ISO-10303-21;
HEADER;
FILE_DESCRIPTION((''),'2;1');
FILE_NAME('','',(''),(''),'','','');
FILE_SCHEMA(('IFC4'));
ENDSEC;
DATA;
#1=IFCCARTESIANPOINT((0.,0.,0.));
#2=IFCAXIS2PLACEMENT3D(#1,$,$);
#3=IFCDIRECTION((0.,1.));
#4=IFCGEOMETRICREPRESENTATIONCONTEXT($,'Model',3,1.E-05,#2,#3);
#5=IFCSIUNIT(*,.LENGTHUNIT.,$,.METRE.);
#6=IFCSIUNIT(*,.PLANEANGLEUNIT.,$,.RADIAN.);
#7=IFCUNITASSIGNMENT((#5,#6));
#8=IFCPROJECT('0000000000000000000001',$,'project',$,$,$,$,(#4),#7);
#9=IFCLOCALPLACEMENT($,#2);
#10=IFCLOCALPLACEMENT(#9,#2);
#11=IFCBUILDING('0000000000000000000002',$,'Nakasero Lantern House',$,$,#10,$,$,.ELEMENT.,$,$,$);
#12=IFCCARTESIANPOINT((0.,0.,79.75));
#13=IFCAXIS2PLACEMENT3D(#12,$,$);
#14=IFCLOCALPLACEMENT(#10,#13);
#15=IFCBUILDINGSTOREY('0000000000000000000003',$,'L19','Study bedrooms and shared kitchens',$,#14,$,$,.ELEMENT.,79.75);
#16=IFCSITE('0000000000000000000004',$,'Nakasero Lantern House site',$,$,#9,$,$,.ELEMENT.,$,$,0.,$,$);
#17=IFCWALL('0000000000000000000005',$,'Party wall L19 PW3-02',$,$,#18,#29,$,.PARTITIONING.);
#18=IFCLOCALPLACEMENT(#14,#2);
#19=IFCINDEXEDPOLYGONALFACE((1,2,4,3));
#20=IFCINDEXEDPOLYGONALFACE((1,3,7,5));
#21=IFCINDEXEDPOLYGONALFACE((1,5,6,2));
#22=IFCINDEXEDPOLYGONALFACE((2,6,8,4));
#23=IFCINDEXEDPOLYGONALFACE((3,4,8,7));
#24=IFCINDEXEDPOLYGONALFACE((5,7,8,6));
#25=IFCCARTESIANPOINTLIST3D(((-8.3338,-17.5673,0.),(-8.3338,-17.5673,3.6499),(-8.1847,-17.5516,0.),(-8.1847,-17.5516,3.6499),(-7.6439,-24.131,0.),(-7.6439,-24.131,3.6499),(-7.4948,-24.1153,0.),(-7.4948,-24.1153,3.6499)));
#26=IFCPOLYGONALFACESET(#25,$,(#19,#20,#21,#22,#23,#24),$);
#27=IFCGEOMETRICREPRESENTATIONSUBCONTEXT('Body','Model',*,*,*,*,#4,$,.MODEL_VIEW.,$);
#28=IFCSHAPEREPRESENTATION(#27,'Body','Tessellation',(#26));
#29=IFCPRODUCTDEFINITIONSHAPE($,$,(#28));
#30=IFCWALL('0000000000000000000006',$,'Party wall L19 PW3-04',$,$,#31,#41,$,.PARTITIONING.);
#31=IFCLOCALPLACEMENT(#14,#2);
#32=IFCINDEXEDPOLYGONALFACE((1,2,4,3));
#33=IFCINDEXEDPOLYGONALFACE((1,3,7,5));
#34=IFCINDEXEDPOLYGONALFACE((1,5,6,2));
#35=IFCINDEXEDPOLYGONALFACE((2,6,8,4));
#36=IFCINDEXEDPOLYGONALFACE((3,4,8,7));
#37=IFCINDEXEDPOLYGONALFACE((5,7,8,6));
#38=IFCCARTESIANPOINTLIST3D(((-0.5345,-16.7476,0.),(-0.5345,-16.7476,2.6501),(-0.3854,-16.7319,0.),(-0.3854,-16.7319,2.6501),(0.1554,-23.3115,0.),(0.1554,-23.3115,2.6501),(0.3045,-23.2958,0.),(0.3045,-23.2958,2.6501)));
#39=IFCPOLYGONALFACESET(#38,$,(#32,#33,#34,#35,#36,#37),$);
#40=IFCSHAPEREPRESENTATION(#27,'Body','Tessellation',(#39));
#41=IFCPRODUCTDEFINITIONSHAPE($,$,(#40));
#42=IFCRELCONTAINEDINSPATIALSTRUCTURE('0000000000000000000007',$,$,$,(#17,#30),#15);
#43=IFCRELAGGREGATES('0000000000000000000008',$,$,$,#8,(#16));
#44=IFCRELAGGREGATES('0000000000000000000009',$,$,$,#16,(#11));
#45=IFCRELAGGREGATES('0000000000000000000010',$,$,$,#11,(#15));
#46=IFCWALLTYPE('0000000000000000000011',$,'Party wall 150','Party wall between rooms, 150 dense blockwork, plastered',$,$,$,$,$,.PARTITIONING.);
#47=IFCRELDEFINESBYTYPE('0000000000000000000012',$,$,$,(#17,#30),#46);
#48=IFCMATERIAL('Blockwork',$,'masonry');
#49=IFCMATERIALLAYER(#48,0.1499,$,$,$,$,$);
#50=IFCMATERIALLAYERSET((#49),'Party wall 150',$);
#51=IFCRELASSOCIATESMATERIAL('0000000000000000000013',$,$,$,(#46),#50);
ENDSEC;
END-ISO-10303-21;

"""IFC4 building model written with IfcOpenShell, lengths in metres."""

from ifc_helpers import new_model, si_unit, direction, frame, frame_2d, origin, place, context, subcontext, project, spatial, rectangle, extrude, material, layer, layer_set, type_object, element, save


model = new_model("IFC4")

# Units and contexts
model_context = context("Model", 3, precision=1e-05, world=origin(), true_north=direction((0.0, 1.0)))
body_context = subcontext(model_context, "Body", "Model", "MODEL_VIEW")
ifc_project = project(units=[si_unit("LENGTHUNIT", "METRE"), si_unit("PLANEANGLEUNIT", "RADIAN")], contexts=[model_context])

# Site, building, storey
site_placement = place(None, origin())
site = spatial("IfcSite", under=ifc_project, at=site_placement, Name="Nakasero Lantern House site", CompositionType="ELEMENT", RefElevation=0.0)
building_placement = place(site_placement, origin())
building = spatial("IfcBuilding", under=site, at=building_placement, Name="Nakasero Lantern House", CompositionType="ELEMENT")
storey_placement = place(building_placement, frame((0.0, 0.0, 79.75)))
storey = spatial("IfcBuildingStorey", under=building, at=storey_placement, Name="L19", Description="Study bedrooms and shared kitchens", CompositionType="ELEMENT", Elevation=79.75)

# Walls
ifc_material_1 = material(Name="Blockwork", Category="masonry")
ifc_layer_1 = layer(ifc_material_1, 0.1499)
ifc_layer_set_1 = layer_set([ifc_layer_1], Name="Party wall 150")
wall_type_1 = type_object("IfcWallType", Name="Party wall 150", Description="Party wall between rooms, 150 dense blockwork, plastered", PredefinedType="PARTITIONING", material=ifc_layer_set_1)
wall_1_placement = place(storey_placement, frame((-8.2593, -17.5596, 0.0), z_axis=(0.0, 0.0, 1.0), x_axis=(0.104538, -0.994521, 0.0)))
element("IfcWall", 1, at=wall_1_placement, inside=storey, type_object=wall_type_1, Name="Party wall L19 PW3-02", PredefinedType="PARTITIONING", context=body_context, shape_type="SweptSolid", body=[
    extrude(rectangle(XDim=6.5999, YDim=0.1499, at=frame_2d((3.2998, 0.0))), origin(), (0.0, 0.0, 1.0), 3.6499),
])
wall_2_placement = place(storey_placement, frame((-0.46, -16.7397, 0.0), z_axis=(0.0, 0.0, 1.0), x_axis=(0.104535, -0.994521, 0.0)))
element("IfcWall", 2, at=wall_2_placement, inside=storey, type_object=wall_type_1, Name="Party wall L19 PW3-04", PredefinedType="PARTITIONING", context=body_context, shape_type="SweptSolid", body=[
    extrude(rectangle(XDim=6.6001, YDim=0.1499, at=frame_2d((3.3, 0.0))), origin(), (0.0, 0.0, 1.0), 2.6501),
])

save(model, "model.ifc")
